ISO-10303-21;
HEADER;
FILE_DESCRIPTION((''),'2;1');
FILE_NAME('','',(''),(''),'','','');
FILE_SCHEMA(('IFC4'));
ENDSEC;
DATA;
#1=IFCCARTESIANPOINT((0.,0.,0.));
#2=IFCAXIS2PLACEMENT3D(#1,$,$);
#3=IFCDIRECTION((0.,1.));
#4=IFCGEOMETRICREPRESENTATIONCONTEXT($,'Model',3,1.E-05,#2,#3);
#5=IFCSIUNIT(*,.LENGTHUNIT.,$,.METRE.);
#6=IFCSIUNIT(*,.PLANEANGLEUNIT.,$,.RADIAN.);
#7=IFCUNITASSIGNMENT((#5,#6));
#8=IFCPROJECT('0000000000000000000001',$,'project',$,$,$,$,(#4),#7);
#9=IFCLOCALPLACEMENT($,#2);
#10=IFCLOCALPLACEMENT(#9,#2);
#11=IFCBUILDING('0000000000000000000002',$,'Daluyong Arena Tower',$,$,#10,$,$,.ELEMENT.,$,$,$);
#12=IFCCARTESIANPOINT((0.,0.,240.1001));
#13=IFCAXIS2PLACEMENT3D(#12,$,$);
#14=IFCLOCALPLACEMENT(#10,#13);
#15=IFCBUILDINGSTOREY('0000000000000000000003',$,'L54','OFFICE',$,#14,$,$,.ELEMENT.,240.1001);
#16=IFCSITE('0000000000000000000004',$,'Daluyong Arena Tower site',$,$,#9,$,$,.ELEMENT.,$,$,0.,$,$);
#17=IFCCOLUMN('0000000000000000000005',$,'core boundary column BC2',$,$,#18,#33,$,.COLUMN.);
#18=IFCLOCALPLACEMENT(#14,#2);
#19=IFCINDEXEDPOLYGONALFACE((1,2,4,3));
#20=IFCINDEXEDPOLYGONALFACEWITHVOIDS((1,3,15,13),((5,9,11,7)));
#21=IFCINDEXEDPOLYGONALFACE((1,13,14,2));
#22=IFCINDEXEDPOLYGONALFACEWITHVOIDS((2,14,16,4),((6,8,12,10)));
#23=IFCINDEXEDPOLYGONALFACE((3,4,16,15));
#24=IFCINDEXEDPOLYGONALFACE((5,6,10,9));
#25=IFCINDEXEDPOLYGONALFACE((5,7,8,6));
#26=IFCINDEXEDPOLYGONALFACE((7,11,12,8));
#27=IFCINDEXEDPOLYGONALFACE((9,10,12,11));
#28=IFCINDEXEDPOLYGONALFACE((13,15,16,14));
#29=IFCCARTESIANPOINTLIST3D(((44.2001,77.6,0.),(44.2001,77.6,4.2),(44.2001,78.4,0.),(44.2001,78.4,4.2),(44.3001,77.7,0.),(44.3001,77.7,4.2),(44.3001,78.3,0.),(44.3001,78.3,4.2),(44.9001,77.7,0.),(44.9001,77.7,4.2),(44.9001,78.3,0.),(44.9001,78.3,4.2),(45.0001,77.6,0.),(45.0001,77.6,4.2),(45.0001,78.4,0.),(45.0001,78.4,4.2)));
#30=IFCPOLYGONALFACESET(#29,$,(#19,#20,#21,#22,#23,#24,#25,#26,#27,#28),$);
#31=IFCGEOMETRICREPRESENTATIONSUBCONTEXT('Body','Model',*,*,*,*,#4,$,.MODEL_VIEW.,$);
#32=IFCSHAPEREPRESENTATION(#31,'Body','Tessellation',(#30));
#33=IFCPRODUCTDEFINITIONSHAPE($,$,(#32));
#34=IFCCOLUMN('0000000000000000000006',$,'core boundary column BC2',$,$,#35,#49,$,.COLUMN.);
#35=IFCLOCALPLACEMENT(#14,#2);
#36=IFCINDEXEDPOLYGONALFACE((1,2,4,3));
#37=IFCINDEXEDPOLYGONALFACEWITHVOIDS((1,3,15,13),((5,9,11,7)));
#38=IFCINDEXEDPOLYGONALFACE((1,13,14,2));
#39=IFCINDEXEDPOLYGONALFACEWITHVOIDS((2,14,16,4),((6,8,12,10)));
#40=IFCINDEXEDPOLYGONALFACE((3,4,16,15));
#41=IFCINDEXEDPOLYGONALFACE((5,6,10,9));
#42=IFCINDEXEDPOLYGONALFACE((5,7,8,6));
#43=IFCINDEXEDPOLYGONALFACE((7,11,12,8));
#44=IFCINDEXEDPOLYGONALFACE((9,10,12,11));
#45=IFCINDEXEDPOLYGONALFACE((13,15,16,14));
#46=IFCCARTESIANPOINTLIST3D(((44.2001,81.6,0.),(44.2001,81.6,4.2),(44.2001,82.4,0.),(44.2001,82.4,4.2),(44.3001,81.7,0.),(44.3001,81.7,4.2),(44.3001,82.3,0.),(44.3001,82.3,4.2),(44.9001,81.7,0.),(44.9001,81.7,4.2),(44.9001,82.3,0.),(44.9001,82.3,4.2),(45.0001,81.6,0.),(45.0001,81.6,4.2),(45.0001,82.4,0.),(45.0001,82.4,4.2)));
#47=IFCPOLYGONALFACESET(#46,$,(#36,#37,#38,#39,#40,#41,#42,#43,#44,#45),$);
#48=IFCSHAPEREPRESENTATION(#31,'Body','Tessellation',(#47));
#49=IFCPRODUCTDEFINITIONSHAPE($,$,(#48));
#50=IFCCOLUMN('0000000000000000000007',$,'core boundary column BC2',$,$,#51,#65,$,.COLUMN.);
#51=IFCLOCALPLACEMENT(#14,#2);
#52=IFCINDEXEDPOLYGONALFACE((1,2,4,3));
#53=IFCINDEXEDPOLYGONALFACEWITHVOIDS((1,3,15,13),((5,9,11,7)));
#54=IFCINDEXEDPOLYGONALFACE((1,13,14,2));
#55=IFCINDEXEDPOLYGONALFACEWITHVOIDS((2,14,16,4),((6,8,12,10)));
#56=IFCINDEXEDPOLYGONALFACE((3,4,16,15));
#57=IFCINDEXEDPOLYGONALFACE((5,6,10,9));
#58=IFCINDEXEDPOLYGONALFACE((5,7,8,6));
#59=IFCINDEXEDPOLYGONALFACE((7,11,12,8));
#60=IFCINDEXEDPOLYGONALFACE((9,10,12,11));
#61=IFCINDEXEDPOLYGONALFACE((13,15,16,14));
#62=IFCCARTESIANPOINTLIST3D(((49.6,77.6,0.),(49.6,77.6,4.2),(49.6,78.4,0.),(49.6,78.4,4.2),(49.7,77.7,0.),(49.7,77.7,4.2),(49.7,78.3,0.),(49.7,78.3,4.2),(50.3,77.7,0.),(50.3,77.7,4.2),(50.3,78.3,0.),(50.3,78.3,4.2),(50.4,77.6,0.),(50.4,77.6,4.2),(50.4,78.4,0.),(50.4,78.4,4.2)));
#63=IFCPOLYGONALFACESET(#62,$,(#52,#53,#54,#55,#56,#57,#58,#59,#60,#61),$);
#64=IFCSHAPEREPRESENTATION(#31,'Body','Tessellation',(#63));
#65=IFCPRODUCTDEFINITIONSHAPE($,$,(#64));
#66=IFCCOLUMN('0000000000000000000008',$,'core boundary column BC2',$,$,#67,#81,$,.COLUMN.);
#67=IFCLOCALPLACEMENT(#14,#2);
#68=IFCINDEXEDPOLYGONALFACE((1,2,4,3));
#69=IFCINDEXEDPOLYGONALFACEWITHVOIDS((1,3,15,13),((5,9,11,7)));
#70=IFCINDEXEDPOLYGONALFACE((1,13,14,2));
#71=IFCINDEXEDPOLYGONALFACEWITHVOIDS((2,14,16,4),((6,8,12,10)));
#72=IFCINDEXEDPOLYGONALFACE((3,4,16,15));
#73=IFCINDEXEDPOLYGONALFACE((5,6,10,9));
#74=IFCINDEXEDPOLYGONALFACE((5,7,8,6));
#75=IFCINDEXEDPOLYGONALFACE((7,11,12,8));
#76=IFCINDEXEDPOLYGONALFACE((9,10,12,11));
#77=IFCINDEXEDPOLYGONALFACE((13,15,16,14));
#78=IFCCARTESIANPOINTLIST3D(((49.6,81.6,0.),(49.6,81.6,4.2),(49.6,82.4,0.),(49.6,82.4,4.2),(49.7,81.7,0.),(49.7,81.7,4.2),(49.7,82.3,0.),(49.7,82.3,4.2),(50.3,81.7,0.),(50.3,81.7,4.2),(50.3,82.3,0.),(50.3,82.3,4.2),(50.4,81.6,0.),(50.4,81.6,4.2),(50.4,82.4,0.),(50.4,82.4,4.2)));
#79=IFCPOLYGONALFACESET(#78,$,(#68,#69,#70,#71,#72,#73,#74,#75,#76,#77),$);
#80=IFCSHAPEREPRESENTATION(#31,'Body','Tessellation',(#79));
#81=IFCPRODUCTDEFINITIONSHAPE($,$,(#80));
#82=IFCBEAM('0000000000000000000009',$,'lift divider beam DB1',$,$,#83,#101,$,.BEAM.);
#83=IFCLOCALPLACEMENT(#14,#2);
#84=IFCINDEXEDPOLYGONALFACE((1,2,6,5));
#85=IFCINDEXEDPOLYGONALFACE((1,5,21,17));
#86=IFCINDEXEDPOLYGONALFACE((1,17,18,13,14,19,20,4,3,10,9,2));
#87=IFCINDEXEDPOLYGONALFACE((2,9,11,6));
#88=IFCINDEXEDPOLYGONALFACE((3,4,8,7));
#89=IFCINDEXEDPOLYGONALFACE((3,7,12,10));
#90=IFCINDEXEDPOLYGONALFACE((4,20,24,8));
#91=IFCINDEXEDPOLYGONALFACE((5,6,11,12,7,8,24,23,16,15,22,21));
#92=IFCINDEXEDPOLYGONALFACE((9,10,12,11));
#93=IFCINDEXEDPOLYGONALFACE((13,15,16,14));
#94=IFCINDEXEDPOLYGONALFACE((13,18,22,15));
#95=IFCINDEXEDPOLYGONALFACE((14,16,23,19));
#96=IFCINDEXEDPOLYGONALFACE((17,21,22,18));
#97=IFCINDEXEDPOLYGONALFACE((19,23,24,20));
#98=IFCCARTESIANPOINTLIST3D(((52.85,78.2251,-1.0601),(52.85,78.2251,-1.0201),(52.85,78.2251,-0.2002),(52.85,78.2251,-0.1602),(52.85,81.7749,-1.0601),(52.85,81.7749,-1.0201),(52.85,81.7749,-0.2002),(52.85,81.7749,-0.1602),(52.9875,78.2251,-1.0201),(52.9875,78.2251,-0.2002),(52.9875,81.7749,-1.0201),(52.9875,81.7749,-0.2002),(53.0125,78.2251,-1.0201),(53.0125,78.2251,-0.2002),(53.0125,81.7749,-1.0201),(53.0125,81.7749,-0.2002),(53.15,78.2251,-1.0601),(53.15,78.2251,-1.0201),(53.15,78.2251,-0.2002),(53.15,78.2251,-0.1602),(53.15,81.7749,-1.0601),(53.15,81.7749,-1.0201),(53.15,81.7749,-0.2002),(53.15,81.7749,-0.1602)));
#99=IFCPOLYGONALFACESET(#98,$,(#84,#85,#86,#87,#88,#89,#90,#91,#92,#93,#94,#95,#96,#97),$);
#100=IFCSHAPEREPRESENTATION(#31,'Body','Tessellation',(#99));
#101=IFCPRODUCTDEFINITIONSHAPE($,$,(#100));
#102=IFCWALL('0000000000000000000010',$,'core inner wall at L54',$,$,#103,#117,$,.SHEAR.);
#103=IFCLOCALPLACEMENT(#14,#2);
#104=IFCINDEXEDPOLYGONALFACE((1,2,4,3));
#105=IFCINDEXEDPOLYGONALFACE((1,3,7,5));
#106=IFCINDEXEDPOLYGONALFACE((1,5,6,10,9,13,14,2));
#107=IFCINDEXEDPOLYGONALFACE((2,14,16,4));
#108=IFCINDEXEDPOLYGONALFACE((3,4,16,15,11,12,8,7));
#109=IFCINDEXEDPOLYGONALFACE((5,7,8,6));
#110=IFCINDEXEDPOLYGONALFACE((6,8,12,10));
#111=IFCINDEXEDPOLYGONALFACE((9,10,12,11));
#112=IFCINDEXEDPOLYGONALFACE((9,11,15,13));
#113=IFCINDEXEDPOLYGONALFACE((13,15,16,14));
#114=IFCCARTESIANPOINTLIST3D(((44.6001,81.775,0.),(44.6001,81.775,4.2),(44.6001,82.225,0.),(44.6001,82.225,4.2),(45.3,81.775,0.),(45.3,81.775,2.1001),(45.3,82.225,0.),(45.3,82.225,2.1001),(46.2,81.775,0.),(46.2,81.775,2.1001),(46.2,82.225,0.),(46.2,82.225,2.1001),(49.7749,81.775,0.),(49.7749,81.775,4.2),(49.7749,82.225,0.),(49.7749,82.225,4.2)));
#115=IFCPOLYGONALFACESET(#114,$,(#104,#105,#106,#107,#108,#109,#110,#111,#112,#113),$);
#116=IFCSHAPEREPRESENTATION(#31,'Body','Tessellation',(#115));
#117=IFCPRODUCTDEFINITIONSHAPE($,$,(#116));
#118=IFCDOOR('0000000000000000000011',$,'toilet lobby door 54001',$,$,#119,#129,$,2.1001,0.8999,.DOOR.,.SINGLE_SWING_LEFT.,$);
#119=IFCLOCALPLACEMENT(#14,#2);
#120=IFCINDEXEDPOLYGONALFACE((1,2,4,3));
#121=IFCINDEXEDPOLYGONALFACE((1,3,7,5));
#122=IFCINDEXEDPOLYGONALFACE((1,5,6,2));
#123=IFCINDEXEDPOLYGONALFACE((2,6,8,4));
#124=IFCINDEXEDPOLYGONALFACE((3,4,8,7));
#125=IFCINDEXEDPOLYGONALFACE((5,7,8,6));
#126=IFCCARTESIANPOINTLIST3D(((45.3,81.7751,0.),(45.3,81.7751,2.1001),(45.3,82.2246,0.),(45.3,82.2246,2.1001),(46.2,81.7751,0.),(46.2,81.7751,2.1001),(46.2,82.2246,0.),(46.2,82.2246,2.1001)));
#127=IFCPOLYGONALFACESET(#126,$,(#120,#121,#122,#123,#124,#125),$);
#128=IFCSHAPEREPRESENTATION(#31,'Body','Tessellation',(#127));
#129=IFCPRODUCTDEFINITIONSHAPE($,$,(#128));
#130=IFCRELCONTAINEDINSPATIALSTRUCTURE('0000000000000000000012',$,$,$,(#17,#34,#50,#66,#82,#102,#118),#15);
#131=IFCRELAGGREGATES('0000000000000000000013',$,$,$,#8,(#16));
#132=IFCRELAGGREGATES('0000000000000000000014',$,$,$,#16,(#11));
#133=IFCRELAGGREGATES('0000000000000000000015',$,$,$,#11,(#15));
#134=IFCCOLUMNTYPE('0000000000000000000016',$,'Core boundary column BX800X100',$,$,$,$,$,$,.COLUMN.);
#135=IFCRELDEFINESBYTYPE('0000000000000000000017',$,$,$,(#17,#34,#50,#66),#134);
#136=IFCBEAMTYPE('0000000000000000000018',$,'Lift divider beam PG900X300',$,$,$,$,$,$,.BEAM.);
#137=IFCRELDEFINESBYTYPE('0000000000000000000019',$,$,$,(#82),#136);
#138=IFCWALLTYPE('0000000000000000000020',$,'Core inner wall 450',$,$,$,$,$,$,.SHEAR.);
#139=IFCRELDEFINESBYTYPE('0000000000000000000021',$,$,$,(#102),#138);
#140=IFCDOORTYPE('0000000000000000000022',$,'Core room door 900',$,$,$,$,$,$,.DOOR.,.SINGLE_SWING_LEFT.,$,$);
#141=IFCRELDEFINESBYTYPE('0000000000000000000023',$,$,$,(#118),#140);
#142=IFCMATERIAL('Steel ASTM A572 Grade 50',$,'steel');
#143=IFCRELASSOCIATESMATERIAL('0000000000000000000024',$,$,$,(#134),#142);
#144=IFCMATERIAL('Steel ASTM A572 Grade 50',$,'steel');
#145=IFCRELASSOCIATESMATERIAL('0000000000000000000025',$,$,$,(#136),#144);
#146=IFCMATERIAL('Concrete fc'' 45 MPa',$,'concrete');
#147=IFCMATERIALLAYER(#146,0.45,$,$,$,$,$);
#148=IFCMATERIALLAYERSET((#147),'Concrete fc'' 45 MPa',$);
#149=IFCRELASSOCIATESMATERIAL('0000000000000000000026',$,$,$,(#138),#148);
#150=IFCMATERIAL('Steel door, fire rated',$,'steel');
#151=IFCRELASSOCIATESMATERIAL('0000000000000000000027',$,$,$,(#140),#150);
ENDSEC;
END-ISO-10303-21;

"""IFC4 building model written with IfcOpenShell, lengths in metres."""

from ifc_helpers import new_model, si_unit, direction, frame, frame_2d, origin, origin_2d, place, context, subcontext, project, spatial, rectangle, hollow_rectangle, i_section, extrude, material, layer, layer_set, material_profile, profile_set, type_object, element, fill, save


model = new_model("IFC4")

# Units and contexts
model_context = context("Model", 3, precision=1e-05, world=origin(), true_north=direction((0.0, 1.0)))
body_context = subcontext(model_context, "Body", "Model", "MODEL_VIEW")
ifc_project = project(units=[si_unit("LENGTHUNIT", "METRE"), si_unit("PLANEANGLEUNIT", "RADIAN")], contexts=[model_context])

# Site, building, storey
site_placement = place(None, origin())
site = spatial("IfcSite", under=ifc_project, at=site_placement, Name="Daluyong Arena Tower site", CompositionType="ELEMENT", RefElevation=0.0)
building_placement = place(site_placement, origin())
building = spatial("IfcBuilding", under=site, at=building_placement, Name="Daluyong Arena Tower", CompositionType="ELEMENT")
storey_placement = place(building_placement, frame((0.0, 0.0, 240.1001)))
storey = spatial("IfcBuildingStorey", under=building, at=storey_placement, Name="L54", Description="OFFICE", CompositionType="ELEMENT", Elevation=240.1001)

# Columns
ifc_material_1 = material(Name="Steel ASTM A572 Grade 50", Category="steel")
ifc_material_profile_1 = material_profile(ifc_material_1, hollow_rectangle(XDim=0.8, YDim=0.8, WallThickness=0.1, at=origin_2d()))
ifc_profile_set_1 = profile_set([ifc_material_profile_1], Name="Steel ASTM A572 Grade 50")
column_type = type_object("IfcColumnType", Name="Core boundary column BX800X100", PredefinedType="COLUMN", material=ifc_profile_set_1)
for number, where, z_axis, x_axis, name in (
    (1, (44.6001, 78.0, 0.0), (0.0, 0.0, 1.0), (1.0, 0.0, 0.0), "core boundary column BC2"),
    (2, (44.6001, 82.0, 0.0), (0.0, 0.0, 1.0), (1.0, 0.0, 0.0), "core boundary column BC2"),
    (3, (50.0, 78.0, 0.0), (0.0, 0.0, 1.0), (1.0, 0.0, 0.0), "core boundary column BC2"),
    (4, (50.0, 82.0, 0.0), (0.0, 0.0, 1.0), (1.0, 0.0, 0.0), "core boundary column BC2"),
):
    element("IfcColumn", number, at=place(storey_placement, frame(where, z_axis=z_axis, x_axis=x_axis)), inside=storey, type_object=column_type, Name=name, PredefinedType="COLUMN", context=body_context, shape_type="SweptSolid", body=[
        extrude(hollow_rectangle(XDim=0.8, YDim=0.8, WallThickness=0.1, at=origin_2d()), origin(), (0.0, 0.0, 1.0), 4.2),
    ])

# Beam
ifc_material_2 = material(Name="Steel ASTM A572 Grade 50", Category="steel")
ifc_material_profile_2 = material_profile(ifc_material_2, i_section(OverallWidth=0.3, OverallDepth=0.8999, WebThickness=0.025, FlangeThickness=0.04, at=origin_2d()))
ifc_profile_set_2 = profile_set([ifc_material_profile_2], Name="Steel ASTM A572 Grade 50")
beam_type = type_object("IfcBeamType", Name="Lift divider beam PG900X300", PredefinedType="BEAM", material=ifc_profile_set_2)
beam_placement = place(storey_placement, frame((53.0, 78.2251, -0.6101), z_axis=(0.0, 1.0, 0.0), x_axis=(-1.0, 0.0, 0.0)))
element("IfcBeam", 5, at=beam_placement, inside=storey, type_object=beam_type, Name="lift divider beam DB1", PredefinedType="BEAM", context=body_context, shape_type="SweptSolid", body=[
    extrude(i_section(OverallWidth=0.3, OverallDepth=0.8999, WebThickness=0.025, FlangeThickness=0.04, at=origin_2d()), origin(), (0.0, 0.0, 1.0), 3.5498),
])

# Wall, opening, door
ifc_material_3 = material(Name="Concrete fc' 45 MPa", Category="concrete")
ifc_layer = layer(ifc_material_3, 0.45)
ifc_layer_set = layer_set([ifc_layer], Name="Concrete fc' 45 MPa")
wall_type = type_object("IfcWallType", Name="Core inner wall 450", PredefinedType="SHEAR", material=ifc_layer_set)
wall_1_placement = place(storey_placement, frame((44.6001, 82.0, 0.0), z_axis=(0.0, 0.0, 1.0), x_axis=(1.0, 0.0, 0.0)))
wall_1 = element("IfcWall", 6, at=wall_1_placement, inside=storey, type_object=wall_type, Name="core inner wall at L54", PredefinedType="SHEAR", context=body_context, shape_type="SweptSolid", body=[
    extrude(rectangle(XDim=5.1748, YDim=0.45, at=frame_2d((2.5874, 0.0))), origin(), (0.0, 0.0, 1.0), 4.2),
])
opening_1_placement = place(wall_1_placement, frame((0.7, 0.0, 0.0)))
opening_1 = element("IfcOpeningElement", 7, at=opening_1_placement, cuts=wall_1, PredefinedType="OPENING", context=body_context, shape_type="SweptSolid", body=[
    extrude(rectangle(XDim=0.8999, YDim=2.1001, at=frame_2d((0.45, 1.05))), frame((0.0, 0.2349, 0.0), z_axis=(0.0, -1.0, 0.0), x_axis=(1.0, 0.0, 0.0)), (0.0, 0.0, 1.0), 0.47),
])
ifc_material_4 = material(Name="Steel door, fire rated", Category="steel")
door_type_1 = type_object("IfcDoorType", Name="Core room door 900", OperationType="SINGLE_SWING_LEFT", PredefinedType="DOOR", material=ifc_material_4)
door_1_placement = place(opening_1_placement, origin())
door_1 = element("IfcDoor", 8, at=door_1_placement, inside=storey, type_object=door_type_1, Name="toilet lobby door 54001", OperationType="SINGLE_SWING_LEFT", OverallHeight=2.1001, OverallWidth=0.8999, PredefinedType="DOOR", context=body_context, shape_type="SweptSolid", body=[
    extrude(rectangle(XDim=0.8999, YDim=2.1001, at=frame_2d((0.45, 1.05))), frame((0.0, 0.2246, 0.0), z_axis=(0.0, -1.0, 0.0), x_axis=(1.0, 0.0, 0.0)), (0.0, 0.0, 1.0), 0.4495),
])
fill(opening_1, door_1)

save(model, "model.ifc")
